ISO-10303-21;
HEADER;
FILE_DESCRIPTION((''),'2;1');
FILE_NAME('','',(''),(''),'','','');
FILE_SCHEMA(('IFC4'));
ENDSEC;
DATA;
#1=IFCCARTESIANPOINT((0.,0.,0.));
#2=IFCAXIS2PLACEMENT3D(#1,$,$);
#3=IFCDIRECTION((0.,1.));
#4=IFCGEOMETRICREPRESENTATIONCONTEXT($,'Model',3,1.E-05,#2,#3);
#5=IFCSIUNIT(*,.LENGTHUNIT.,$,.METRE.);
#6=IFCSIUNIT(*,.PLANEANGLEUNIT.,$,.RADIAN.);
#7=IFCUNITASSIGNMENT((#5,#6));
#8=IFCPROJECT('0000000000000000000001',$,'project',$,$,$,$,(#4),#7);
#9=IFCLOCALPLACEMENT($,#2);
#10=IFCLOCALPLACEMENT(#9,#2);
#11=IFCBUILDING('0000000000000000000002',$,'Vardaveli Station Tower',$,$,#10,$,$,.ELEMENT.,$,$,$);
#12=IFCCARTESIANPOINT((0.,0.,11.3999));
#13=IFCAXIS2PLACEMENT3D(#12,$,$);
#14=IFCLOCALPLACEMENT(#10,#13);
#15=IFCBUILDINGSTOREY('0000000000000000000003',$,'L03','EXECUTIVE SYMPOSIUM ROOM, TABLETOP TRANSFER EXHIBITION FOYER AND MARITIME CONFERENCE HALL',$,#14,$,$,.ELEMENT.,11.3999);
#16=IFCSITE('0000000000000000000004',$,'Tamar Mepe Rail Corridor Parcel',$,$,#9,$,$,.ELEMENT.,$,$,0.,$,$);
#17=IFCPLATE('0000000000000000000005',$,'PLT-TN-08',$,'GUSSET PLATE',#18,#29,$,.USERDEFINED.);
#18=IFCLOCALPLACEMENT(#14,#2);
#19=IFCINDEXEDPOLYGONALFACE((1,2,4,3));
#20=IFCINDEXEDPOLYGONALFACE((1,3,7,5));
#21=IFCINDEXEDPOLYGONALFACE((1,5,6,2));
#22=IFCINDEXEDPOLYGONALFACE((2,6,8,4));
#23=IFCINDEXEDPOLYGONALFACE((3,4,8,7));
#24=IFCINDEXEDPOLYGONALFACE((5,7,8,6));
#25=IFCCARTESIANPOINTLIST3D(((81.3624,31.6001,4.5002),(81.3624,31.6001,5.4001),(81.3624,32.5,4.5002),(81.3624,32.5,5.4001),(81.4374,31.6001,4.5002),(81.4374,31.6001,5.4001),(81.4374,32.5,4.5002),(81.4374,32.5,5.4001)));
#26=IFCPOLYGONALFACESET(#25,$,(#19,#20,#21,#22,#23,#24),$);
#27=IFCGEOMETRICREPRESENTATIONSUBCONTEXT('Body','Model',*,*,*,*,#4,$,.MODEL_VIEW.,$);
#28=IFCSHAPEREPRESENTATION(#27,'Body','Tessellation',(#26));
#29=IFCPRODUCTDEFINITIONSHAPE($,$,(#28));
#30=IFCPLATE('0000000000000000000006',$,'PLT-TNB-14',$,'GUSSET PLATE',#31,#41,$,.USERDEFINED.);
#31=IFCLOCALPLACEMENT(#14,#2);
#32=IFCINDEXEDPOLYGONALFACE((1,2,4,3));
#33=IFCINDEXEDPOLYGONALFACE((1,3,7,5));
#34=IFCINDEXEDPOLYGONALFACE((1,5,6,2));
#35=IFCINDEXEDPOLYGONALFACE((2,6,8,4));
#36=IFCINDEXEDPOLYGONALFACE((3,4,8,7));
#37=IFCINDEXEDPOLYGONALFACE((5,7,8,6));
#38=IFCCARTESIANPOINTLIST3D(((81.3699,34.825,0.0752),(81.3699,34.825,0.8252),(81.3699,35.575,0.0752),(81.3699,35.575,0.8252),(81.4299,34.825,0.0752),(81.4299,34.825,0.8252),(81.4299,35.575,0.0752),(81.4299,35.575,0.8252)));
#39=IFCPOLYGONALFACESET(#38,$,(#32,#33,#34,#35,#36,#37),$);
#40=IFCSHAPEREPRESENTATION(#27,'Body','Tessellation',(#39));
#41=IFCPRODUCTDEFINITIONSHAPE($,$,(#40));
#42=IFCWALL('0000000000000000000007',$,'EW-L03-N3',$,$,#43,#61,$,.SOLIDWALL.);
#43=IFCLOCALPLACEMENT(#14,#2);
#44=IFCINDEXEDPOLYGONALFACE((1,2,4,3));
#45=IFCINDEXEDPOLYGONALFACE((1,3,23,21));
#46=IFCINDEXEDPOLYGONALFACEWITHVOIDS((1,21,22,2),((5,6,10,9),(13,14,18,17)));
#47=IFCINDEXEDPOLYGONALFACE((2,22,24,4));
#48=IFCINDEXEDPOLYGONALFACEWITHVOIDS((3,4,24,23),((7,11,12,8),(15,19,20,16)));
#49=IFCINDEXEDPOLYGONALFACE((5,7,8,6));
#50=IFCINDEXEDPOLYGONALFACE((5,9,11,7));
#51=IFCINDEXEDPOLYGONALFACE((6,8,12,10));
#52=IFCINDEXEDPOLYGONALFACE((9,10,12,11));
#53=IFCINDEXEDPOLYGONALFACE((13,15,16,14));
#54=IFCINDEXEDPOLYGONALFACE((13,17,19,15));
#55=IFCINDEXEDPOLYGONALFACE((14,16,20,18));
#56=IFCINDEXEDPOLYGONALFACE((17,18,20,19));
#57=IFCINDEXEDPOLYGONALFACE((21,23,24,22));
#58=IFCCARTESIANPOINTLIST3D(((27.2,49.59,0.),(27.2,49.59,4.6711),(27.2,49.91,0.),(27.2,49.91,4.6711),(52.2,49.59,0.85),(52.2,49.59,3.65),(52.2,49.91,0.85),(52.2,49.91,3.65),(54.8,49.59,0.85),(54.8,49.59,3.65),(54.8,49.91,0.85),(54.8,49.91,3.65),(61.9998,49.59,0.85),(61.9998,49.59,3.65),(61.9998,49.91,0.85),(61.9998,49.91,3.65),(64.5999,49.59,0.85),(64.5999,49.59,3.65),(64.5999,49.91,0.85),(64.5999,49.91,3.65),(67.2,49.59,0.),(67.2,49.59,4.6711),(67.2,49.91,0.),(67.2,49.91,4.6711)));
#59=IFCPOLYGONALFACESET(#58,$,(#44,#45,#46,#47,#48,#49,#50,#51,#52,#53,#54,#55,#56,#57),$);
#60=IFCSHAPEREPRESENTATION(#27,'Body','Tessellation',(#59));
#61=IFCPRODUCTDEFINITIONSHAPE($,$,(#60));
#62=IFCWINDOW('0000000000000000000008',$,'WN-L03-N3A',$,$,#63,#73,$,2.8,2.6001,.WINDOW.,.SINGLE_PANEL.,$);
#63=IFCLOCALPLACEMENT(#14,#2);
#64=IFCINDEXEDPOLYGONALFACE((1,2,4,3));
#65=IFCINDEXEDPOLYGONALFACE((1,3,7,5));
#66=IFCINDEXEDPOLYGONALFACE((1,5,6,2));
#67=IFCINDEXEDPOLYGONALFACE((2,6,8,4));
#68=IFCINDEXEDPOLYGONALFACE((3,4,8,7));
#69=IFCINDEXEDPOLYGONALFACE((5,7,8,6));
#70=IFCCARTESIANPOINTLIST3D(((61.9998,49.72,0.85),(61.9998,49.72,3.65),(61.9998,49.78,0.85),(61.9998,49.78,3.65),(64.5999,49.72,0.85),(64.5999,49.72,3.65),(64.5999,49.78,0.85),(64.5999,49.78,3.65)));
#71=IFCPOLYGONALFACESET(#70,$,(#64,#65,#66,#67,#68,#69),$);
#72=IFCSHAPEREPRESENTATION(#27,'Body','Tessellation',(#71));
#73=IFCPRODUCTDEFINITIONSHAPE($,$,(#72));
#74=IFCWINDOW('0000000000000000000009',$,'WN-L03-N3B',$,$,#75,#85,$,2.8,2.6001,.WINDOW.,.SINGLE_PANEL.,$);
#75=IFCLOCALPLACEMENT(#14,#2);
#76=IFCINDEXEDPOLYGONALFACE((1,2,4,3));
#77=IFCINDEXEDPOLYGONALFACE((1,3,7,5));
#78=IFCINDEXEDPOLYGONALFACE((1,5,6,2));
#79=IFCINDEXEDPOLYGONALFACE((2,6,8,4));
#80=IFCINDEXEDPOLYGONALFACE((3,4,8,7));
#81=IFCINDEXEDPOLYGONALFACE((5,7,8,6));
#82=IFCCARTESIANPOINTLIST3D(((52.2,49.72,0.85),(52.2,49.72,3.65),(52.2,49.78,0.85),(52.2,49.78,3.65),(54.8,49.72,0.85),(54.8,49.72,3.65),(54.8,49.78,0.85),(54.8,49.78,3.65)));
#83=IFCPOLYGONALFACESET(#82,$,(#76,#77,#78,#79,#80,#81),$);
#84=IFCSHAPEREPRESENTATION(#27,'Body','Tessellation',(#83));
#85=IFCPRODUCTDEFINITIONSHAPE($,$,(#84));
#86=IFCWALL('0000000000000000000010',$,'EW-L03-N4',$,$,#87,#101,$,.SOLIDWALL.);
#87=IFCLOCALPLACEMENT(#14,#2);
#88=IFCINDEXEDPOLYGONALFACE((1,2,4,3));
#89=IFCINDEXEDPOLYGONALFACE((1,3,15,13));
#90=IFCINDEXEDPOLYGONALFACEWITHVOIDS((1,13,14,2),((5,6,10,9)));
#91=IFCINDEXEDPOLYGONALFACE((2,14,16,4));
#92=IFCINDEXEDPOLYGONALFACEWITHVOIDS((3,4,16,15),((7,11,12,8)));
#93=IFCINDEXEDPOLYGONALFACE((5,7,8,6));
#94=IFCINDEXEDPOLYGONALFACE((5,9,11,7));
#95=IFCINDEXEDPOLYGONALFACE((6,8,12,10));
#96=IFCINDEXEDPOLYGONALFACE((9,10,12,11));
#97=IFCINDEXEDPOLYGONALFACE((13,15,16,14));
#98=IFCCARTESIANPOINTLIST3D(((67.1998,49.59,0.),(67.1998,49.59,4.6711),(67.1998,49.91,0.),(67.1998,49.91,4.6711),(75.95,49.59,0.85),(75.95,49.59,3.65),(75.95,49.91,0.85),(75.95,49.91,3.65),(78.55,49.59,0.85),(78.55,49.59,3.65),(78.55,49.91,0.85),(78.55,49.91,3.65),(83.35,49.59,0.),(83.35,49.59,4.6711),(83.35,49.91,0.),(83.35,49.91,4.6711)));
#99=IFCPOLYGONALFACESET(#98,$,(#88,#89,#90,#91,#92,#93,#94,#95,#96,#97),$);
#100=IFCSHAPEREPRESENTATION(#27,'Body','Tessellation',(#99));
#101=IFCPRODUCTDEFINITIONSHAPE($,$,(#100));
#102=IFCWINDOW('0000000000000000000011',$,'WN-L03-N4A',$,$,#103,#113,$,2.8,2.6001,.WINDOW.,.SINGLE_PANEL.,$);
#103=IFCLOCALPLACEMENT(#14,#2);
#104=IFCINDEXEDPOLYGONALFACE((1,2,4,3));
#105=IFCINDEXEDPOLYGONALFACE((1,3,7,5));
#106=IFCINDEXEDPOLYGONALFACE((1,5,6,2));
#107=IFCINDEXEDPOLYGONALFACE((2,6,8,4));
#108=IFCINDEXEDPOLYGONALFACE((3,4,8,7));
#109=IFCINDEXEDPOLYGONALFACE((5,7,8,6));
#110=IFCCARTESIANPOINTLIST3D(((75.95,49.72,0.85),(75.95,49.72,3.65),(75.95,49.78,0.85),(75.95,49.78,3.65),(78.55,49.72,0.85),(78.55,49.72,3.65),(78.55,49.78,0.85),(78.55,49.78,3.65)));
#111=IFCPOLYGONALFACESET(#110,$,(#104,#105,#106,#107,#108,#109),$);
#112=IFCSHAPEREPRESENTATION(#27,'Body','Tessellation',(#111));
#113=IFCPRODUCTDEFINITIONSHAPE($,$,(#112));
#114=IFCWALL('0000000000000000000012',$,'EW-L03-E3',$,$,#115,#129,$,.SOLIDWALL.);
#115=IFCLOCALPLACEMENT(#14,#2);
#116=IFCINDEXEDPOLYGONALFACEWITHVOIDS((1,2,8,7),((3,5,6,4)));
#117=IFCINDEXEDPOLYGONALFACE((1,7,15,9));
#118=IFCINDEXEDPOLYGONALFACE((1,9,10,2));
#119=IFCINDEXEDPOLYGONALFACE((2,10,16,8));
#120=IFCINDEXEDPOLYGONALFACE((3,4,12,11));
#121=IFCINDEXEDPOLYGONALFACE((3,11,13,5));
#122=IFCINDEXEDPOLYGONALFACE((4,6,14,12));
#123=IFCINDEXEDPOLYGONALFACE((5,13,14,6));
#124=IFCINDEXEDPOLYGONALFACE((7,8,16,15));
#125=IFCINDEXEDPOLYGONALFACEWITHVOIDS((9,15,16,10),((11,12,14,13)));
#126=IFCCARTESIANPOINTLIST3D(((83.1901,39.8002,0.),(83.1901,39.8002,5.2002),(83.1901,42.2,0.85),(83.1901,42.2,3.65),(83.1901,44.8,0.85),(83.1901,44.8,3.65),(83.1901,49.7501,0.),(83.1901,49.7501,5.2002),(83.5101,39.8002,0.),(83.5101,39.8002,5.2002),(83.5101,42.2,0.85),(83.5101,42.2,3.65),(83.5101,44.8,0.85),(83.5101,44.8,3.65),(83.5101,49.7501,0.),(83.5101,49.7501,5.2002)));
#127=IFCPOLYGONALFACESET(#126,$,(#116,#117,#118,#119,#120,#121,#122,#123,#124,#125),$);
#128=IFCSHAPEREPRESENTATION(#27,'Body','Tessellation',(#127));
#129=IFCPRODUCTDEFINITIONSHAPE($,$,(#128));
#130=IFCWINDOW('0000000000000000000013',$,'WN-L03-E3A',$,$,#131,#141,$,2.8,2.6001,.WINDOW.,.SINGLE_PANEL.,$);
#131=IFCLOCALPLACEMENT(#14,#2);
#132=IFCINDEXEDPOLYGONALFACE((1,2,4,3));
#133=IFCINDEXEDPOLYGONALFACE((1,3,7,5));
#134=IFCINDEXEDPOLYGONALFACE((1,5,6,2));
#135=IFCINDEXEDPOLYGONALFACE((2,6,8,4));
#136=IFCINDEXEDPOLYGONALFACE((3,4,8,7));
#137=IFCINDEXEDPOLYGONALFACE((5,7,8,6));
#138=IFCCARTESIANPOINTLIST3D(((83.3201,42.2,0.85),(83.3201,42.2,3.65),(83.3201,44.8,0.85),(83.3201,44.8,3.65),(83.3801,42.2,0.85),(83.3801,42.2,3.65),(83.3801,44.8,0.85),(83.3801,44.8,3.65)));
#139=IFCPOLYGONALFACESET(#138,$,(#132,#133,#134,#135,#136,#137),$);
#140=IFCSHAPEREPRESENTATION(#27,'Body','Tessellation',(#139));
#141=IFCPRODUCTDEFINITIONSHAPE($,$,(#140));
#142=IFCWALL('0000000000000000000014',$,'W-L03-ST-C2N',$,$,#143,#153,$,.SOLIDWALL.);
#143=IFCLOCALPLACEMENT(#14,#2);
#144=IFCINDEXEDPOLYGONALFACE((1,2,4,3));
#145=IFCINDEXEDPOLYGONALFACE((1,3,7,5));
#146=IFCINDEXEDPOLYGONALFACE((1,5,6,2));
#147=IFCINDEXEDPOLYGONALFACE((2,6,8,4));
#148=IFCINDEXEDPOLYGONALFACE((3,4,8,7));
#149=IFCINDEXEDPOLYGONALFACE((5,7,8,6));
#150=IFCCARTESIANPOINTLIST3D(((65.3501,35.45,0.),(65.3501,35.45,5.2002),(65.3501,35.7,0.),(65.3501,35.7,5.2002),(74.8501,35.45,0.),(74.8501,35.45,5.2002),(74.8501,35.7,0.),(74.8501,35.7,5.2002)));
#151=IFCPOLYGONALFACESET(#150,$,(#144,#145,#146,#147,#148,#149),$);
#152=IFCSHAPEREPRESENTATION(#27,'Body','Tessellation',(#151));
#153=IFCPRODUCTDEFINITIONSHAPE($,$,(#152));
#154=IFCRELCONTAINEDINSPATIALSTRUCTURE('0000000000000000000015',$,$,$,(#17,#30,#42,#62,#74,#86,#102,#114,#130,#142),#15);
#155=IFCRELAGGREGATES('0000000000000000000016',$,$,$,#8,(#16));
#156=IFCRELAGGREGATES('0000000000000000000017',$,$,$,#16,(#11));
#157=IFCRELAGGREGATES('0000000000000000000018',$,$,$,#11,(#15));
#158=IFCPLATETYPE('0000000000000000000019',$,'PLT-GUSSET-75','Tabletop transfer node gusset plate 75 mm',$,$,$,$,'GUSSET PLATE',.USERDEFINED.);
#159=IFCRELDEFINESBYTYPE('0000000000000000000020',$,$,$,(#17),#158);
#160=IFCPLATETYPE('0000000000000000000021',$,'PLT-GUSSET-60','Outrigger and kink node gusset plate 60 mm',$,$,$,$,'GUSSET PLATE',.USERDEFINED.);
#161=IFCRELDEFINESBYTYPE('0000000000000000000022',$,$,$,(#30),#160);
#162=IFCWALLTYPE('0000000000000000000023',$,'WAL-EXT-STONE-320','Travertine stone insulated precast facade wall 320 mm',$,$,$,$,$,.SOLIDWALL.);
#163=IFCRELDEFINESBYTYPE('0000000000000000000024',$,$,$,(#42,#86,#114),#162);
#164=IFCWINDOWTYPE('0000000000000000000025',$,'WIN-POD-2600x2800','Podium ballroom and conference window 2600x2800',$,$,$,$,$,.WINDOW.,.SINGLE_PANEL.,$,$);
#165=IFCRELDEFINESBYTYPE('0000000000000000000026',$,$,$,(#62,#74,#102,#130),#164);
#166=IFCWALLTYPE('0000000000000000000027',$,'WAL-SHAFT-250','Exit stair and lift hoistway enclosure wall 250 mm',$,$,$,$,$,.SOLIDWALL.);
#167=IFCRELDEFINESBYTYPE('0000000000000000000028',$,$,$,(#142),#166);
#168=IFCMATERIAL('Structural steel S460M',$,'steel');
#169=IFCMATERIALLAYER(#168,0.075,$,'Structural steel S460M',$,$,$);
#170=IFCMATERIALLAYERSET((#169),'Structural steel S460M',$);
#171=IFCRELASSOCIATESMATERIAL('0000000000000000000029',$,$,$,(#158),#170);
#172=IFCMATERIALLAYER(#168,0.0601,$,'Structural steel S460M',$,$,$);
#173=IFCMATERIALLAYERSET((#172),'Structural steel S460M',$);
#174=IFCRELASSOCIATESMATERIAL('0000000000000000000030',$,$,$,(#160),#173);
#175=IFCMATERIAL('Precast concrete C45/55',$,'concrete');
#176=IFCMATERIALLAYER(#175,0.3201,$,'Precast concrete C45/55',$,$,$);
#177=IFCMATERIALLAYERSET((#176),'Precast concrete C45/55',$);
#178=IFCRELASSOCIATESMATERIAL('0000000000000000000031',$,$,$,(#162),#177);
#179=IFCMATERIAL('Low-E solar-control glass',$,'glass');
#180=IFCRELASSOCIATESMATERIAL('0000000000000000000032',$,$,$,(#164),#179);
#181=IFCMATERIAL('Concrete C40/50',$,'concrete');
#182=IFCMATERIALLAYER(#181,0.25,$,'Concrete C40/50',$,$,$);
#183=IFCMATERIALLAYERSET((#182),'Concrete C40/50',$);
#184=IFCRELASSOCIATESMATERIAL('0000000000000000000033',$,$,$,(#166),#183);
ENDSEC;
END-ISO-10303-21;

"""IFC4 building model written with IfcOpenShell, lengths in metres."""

from ifc_helpers import new_model, si_unit, direction, frame, frame_2d, origin, origin_2d, place, context, subcontext, project, spatial, rectangle, extrude, source, transform, mapped, material, layer, layer_set, type_object, element, fill, save


model = new_model("IFC4")

# Units and contexts
model_context = context("Model", 3, precision=1e-05, world=origin(), true_north=direction((0.0, 1.0)))
body_context = subcontext(model_context, "Body", "Model", "MODEL_VIEW")
ifc_project = project(units=[si_unit("LENGTHUNIT", "METRE"), si_unit("PLANEANGLEUNIT", "RADIAN")], contexts=[model_context])

# Site, building, storey
site_placement = place(None, origin())
site = spatial("IfcSite", under=ifc_project, at=site_placement, Name="Tamar Mepe Rail Corridor Parcel", CompositionType="ELEMENT", RefElevation=0.0)
building_placement = place(site_placement, origin())
building = spatial("IfcBuilding", under=site, at=building_placement, Name="Vardaveli Station Tower", CompositionType="ELEMENT")
storey_placement = place(building_placement, frame((0.0, 0.0, 11.3999)))
storey = spatial("IfcBuildingStorey", under=building, at=storey_placement, Name="L03", Description="EXECUTIVE SYMPOSIUM ROOM, TABLETOP TRANSFER EXHIBITION FOYER AND MARITIME CONFERENCE HALL", CompositionType="ELEMENT", Elevation=11.3999)

# Shared definitions
ifc_material_1 = material(Name="Precast concrete C45/55", Category="concrete")

# Shared definitions
ifc_material_2 = material(Name="Structural steel S460M", Category="steel")

# Plates
ifc_layer_1 = layer(ifc_material_2, 0.075, Name="Structural steel S460M")
ifc_layer_set_1 = layer_set([ifc_layer_1], Name="Structural steel S460M")
plate_type_1 = type_object("IfcPlateType", Name="PLT-GUSSET-75", Description="Tabletop transfer node gusset plate 75 mm", ElementType="GUSSET PLATE", PredefinedType="USERDEFINED", material=ifc_layer_set_1)
shared_shape_1 = source(origin(), body_context, "Body", "SweptSolid", [
    extrude(rectangle(XDim=0.8999, YDim=0.075, at=origin_2d()), origin(), (0.0, 0.0, 1.0), 0.8999),
])
plate_1_placement = place(storey_placement, frame((81.3999, 32.05, 4.5002), z_axis=(0.0, 0.0, 1.0), x_axis=(0.0, 1.0, 0.0)))
element("IfcPlate", 1, at=plate_1_placement, inside=storey, type_object=plate_type_1, Name="PLT-TN-08", ObjectType="GUSSET PLATE", PredefinedType="USERDEFINED", context=body_context, shape_type="MappedRepresentation", body=[
    mapped(shared_shape_1, transform((0.0, 0.0, 0.0), scale=1.0)),
])
ifc_layer_2 = layer(ifc_material_2, 0.0601, Name="Structural steel S460M")
ifc_layer_set_2 = layer_set([ifc_layer_2], Name="Structural steel S460M")
plate_type_2 = type_object("IfcPlateType", Name="PLT-GUSSET-60", Description="Outrigger and kink node gusset plate 60 mm", ElementType="GUSSET PLATE", PredefinedType="USERDEFINED", material=ifc_layer_set_2)
shared_shape_2 = source(origin(), body_context, "Body", "SweptSolid", [
    extrude(rectangle(XDim=0.75, YDim=0.0601, at=origin_2d()), origin(), (0.0, 0.0, 1.0), 0.75),
])
plate_2_placement = place(storey_placement, frame((81.3999, 35.2, 0.0752), z_axis=(0.0, 0.0, 1.0), x_axis=(0.0, 1.0, 0.0)))
element("IfcPlate", 2, at=plate_2_placement, inside=storey, type_object=plate_type_2, Name="PLT-TNB-14", ObjectType="GUSSET PLATE", PredefinedType="USERDEFINED", context=body_context, shape_type="MappedRepresentation", body=[
    mapped(shared_shape_2, transform((0.0, 0.0, 0.0), scale=1.0)),
])

# Wall, openings, windows
ifc_layer_3 = layer(ifc_material_1, 0.3201, Name="Precast concrete C45/55")
ifc_layer_set_3 = layer_set([ifc_layer_3], Name="Precast concrete C45/55")
wall_type_1 = type_object("IfcWallType", Name="WAL-EXT-STONE-320", Description="Travertine stone insulated precast facade wall 320 mm", PredefinedType="SOLIDWALL", material=ifc_layer_set_3)
shared_shape_3 = source(origin(), body_context, "Body", "SweptSolid", [
    extrude(rectangle(XDim=40.0, YDim=0.3201, at=frame_2d((20.0, 0.0))), origin(), (0.0, 0.0, 1.0), 4.6711),
])
wall_1_placement = place(storey_placement, frame((67.2, 49.75, 0.0), z_axis=(0.0, 0.0, 1.0), x_axis=(-1.0, 0.0, 0.0)))
wall_1 = element("IfcWall", 3, at=wall_1_placement, inside=storey, type_object=wall_type_1, Name="EW-L03-N3", PredefinedType="SOLIDWALL", context=body_context, shape_type="MappedRepresentation", body=[
    mapped(shared_shape_3, transform((0.0, 0.0, 0.0), scale=1.0)),
])
shared_shape_4 = source(origin(), body_context, "Body", "SweptSolid", [
    extrude(rectangle(XDim=2.6001, YDim=2.8, at=frame_2d((1.3, 1.3999))), frame((0.0, 0.1699, 0.0), z_axis=(0.0, -1.0, 0.0), x_axis=(1.0, 0.0, 0.0)), (0.0, 0.0, 1.0), 0.3401),
])
opening_1_placement = place(wall_1_placement, frame((2.6001, 0.0, 0.8501)))
opening_1 = element("IfcOpeningElement", 4, at=opening_1_placement, cuts=wall_1, PredefinedType="OPENING", context=body_context, shape_type="MappedRepresentation", body=[
    mapped(shared_shape_4, transform((0.0, 0.0, 0.0), scale=1.0)),
])
opening_2_placement = place(wall_1_placement, frame((12.3999, 0.0, 0.8501)))
opening_2 = element("IfcOpeningElement", 5, at=opening_2_placement, cuts=wall_1, PredefinedType="OPENING", context=body_context, shape_type="MappedRepresentation", body=[
    mapped(shared_shape_4, transform((0.0, 0.0, 0.0), scale=1.0)),
])
ifc_material_3 = material(Name="Low-E solar-control glass", Category="glass")
window_type = type_object("IfcWindowType", Name="WIN-POD-2600x2800", Description="Podium ballroom and conference window 2600x2800", PartitioningType="SINGLE_PANEL", PredefinedType="WINDOW", material=ifc_material_3)
shared_shape_5 = source(origin(), body_context, "Body", "SweptSolid", [
    extrude(rectangle(XDim=2.6001, YDim=2.8, at=frame_2d((1.3, 1.3999))), frame((0.0, 0.03, 0.0), z_axis=(0.0, -1.0, 0.0), x_axis=(1.0, 0.0, 0.0)), (0.0, 0.0, 1.0), 0.0601),
])
window_1_placement = place(opening_1_placement, origin())
window_1 = element("IfcWindow", 6, at=window_1_placement, inside=storey, type_object=window_type, Name="WN-L03-N3A", OverallHeight=2.8, OverallWidth=2.6001, PartitioningType="SINGLE_PANEL", PredefinedType="WINDOW", context=body_context, shape_type="MappedRepresentation", body=[
    mapped(shared_shape_5, transform((0.0, 0.0, 0.0), scale=1.0)),
])
fill(opening_1, window_1)
window_2_placement = place(opening_2_placement, origin())
window_2 = element("IfcWindow", 7, at=window_2_placement, inside=storey, type_object=window_type, Name="WN-L03-N3B", OverallHeight=2.8, OverallWidth=2.6001, PartitioningType="SINGLE_PANEL", PredefinedType="WINDOW", context=body_context, shape_type="MappedRepresentation", body=[
    mapped(shared_shape_5, transform((0.0, 0.0, 0.0), scale=1.0)),
])
fill(opening_2, window_2)

# Walls, openings, windows
shared_shape_6 = source(origin(), body_context, "Body", "SweptSolid", [
    extrude(rectangle(XDim=16.1501, YDim=0.3201, at=frame_2d((8.0752, 0.0))), origin(), (0.0, 0.0, 1.0), 4.6711),
])
wall_2_placement = place(storey_placement, frame((83.3501, 49.75, 0.0), z_axis=(0.0, 0.0, 1.0), x_axis=(-1.0, 0.0, 0.0)))
wall_2 = element("IfcWall", 8, at=wall_2_placement, inside=storey, type_object=wall_type_1, Name="EW-L03-N4", PredefinedType="SOLIDWALL", context=body_context, shape_type="MappedRepresentation", body=[
    mapped(shared_shape_6, transform((0.0, 0.0, 0.0), scale=1.0)),
])
opening_3_placement = place(wall_2_placement, frame((4.8, 0.0, 0.8501)))
opening_3 = element("IfcOpeningElement", 9, at=opening_3_placement, cuts=wall_2, PredefinedType="OPENING", context=body_context, shape_type="MappedRepresentation", body=[
    mapped(shared_shape_4, transform((0.0, 0.0, 0.0), scale=1.0)),
])
window_3_placement = place(opening_3_placement, origin())
window_3 = element("IfcWindow", 10, at=window_3_placement, inside=storey, type_object=window_type, Name="WN-L03-N4A", OverallHeight=2.8, OverallWidth=2.6001, PartitioningType="SINGLE_PANEL", PredefinedType="WINDOW", context=body_context, shape_type="MappedRepresentation", body=[
    mapped(shared_shape_5, transform((0.0, 0.0, 0.0), scale=1.0)),
])
fill(opening_3, window_3)
shared_shape_7 = source(origin(), body_context, "Body", "SweptSolid", [
    extrude(rectangle(XDim=9.95, YDim=0.3201, at=frame_2d((4.9751, 0.0))), origin(), (0.0, 0.0, 1.0), 5.2002),
])
wall_3_placement = place(storey_placement, frame((83.3501, 39.8, 0.0), z_axis=(0.0, 0.0, 1.0), x_axis=(0.0, 1.0, 0.0)))
wall_3 = element("IfcWall", 11, at=wall_3_placement, inside=storey, type_object=wall_type_1, Name="EW-L03-E3", PredefinedType="SOLIDWALL", context=body_context, shape_type="MappedRepresentation", body=[
    mapped(shared_shape_7, transform((0.0, 0.0, 0.0), scale=1.0)),
])
opening_4_placement = place(wall_3_placement, frame((2.3999, 0.0, 0.8501)))
opening_4 = element("IfcOpeningElement", 12, at=opening_4_placement, cuts=wall_3, PredefinedType="OPENING", context=body_context, shape_type="MappedRepresentation", body=[
    mapped(shared_shape_4, transform((0.0, 0.0, 0.0), scale=1.0)),
])
window_4_placement = place(opening_4_placement, origin())
window_4 = element("IfcWindow", 13, at=window_4_placement, inside=storey, type_object=window_type, Name="WN-L03-E3A", OverallHeight=2.8, OverallWidth=2.6001, PartitioningType="SINGLE_PANEL", PredefinedType="WINDOW", context=body_context, shape_type="MappedRepresentation", body=[
    mapped(shared_shape_5, transform((0.0, 0.0, 0.0), scale=1.0)),
])
fill(opening_4, window_4)

# Wall
ifc_material_4 = material(Name="Concrete C40/50", Category="concrete")
ifc_layer_4 = layer(ifc_material_4, 0.25, Name="Concrete C40/50")
ifc_layer_set_4 = layer_set([ifc_layer_4], Name="Concrete C40/50")
wall_type_2 = type_object("IfcWallType", Name="WAL-SHAFT-250", Description="Exit stair and lift hoistway enclosure wall 250 mm", PredefinedType="SOLIDWALL", material=ifc_layer_set_4)
shared_shape_8 = source(origin(), body_context, "Body", "SweptSolid", [
    extrude(rectangle(XDim=9.5, YDim=0.25, at=frame_2d((4.75, 0.0))), origin(), (0.0, 0.0, 1.0), 5.2002),
])
wall_4_placement = place(storey_placement, frame((65.3501, 35.575, 0.0), z_axis=(0.0, 0.0, 1.0), x_axis=(1.0, 0.0, 0.0)))
element("IfcWall", 14, at=wall_4_placement, inside=storey, type_object=wall_type_2, Name="W-L03-ST-C2N", PredefinedType="SOLIDWALL", context=body_context, shape_type="MappedRepresentation", body=[
    mapped(shared_shape_8, transform((0.0, 0.0, 0.0), scale=1.0)),
])

save(model, "model.ifc")
